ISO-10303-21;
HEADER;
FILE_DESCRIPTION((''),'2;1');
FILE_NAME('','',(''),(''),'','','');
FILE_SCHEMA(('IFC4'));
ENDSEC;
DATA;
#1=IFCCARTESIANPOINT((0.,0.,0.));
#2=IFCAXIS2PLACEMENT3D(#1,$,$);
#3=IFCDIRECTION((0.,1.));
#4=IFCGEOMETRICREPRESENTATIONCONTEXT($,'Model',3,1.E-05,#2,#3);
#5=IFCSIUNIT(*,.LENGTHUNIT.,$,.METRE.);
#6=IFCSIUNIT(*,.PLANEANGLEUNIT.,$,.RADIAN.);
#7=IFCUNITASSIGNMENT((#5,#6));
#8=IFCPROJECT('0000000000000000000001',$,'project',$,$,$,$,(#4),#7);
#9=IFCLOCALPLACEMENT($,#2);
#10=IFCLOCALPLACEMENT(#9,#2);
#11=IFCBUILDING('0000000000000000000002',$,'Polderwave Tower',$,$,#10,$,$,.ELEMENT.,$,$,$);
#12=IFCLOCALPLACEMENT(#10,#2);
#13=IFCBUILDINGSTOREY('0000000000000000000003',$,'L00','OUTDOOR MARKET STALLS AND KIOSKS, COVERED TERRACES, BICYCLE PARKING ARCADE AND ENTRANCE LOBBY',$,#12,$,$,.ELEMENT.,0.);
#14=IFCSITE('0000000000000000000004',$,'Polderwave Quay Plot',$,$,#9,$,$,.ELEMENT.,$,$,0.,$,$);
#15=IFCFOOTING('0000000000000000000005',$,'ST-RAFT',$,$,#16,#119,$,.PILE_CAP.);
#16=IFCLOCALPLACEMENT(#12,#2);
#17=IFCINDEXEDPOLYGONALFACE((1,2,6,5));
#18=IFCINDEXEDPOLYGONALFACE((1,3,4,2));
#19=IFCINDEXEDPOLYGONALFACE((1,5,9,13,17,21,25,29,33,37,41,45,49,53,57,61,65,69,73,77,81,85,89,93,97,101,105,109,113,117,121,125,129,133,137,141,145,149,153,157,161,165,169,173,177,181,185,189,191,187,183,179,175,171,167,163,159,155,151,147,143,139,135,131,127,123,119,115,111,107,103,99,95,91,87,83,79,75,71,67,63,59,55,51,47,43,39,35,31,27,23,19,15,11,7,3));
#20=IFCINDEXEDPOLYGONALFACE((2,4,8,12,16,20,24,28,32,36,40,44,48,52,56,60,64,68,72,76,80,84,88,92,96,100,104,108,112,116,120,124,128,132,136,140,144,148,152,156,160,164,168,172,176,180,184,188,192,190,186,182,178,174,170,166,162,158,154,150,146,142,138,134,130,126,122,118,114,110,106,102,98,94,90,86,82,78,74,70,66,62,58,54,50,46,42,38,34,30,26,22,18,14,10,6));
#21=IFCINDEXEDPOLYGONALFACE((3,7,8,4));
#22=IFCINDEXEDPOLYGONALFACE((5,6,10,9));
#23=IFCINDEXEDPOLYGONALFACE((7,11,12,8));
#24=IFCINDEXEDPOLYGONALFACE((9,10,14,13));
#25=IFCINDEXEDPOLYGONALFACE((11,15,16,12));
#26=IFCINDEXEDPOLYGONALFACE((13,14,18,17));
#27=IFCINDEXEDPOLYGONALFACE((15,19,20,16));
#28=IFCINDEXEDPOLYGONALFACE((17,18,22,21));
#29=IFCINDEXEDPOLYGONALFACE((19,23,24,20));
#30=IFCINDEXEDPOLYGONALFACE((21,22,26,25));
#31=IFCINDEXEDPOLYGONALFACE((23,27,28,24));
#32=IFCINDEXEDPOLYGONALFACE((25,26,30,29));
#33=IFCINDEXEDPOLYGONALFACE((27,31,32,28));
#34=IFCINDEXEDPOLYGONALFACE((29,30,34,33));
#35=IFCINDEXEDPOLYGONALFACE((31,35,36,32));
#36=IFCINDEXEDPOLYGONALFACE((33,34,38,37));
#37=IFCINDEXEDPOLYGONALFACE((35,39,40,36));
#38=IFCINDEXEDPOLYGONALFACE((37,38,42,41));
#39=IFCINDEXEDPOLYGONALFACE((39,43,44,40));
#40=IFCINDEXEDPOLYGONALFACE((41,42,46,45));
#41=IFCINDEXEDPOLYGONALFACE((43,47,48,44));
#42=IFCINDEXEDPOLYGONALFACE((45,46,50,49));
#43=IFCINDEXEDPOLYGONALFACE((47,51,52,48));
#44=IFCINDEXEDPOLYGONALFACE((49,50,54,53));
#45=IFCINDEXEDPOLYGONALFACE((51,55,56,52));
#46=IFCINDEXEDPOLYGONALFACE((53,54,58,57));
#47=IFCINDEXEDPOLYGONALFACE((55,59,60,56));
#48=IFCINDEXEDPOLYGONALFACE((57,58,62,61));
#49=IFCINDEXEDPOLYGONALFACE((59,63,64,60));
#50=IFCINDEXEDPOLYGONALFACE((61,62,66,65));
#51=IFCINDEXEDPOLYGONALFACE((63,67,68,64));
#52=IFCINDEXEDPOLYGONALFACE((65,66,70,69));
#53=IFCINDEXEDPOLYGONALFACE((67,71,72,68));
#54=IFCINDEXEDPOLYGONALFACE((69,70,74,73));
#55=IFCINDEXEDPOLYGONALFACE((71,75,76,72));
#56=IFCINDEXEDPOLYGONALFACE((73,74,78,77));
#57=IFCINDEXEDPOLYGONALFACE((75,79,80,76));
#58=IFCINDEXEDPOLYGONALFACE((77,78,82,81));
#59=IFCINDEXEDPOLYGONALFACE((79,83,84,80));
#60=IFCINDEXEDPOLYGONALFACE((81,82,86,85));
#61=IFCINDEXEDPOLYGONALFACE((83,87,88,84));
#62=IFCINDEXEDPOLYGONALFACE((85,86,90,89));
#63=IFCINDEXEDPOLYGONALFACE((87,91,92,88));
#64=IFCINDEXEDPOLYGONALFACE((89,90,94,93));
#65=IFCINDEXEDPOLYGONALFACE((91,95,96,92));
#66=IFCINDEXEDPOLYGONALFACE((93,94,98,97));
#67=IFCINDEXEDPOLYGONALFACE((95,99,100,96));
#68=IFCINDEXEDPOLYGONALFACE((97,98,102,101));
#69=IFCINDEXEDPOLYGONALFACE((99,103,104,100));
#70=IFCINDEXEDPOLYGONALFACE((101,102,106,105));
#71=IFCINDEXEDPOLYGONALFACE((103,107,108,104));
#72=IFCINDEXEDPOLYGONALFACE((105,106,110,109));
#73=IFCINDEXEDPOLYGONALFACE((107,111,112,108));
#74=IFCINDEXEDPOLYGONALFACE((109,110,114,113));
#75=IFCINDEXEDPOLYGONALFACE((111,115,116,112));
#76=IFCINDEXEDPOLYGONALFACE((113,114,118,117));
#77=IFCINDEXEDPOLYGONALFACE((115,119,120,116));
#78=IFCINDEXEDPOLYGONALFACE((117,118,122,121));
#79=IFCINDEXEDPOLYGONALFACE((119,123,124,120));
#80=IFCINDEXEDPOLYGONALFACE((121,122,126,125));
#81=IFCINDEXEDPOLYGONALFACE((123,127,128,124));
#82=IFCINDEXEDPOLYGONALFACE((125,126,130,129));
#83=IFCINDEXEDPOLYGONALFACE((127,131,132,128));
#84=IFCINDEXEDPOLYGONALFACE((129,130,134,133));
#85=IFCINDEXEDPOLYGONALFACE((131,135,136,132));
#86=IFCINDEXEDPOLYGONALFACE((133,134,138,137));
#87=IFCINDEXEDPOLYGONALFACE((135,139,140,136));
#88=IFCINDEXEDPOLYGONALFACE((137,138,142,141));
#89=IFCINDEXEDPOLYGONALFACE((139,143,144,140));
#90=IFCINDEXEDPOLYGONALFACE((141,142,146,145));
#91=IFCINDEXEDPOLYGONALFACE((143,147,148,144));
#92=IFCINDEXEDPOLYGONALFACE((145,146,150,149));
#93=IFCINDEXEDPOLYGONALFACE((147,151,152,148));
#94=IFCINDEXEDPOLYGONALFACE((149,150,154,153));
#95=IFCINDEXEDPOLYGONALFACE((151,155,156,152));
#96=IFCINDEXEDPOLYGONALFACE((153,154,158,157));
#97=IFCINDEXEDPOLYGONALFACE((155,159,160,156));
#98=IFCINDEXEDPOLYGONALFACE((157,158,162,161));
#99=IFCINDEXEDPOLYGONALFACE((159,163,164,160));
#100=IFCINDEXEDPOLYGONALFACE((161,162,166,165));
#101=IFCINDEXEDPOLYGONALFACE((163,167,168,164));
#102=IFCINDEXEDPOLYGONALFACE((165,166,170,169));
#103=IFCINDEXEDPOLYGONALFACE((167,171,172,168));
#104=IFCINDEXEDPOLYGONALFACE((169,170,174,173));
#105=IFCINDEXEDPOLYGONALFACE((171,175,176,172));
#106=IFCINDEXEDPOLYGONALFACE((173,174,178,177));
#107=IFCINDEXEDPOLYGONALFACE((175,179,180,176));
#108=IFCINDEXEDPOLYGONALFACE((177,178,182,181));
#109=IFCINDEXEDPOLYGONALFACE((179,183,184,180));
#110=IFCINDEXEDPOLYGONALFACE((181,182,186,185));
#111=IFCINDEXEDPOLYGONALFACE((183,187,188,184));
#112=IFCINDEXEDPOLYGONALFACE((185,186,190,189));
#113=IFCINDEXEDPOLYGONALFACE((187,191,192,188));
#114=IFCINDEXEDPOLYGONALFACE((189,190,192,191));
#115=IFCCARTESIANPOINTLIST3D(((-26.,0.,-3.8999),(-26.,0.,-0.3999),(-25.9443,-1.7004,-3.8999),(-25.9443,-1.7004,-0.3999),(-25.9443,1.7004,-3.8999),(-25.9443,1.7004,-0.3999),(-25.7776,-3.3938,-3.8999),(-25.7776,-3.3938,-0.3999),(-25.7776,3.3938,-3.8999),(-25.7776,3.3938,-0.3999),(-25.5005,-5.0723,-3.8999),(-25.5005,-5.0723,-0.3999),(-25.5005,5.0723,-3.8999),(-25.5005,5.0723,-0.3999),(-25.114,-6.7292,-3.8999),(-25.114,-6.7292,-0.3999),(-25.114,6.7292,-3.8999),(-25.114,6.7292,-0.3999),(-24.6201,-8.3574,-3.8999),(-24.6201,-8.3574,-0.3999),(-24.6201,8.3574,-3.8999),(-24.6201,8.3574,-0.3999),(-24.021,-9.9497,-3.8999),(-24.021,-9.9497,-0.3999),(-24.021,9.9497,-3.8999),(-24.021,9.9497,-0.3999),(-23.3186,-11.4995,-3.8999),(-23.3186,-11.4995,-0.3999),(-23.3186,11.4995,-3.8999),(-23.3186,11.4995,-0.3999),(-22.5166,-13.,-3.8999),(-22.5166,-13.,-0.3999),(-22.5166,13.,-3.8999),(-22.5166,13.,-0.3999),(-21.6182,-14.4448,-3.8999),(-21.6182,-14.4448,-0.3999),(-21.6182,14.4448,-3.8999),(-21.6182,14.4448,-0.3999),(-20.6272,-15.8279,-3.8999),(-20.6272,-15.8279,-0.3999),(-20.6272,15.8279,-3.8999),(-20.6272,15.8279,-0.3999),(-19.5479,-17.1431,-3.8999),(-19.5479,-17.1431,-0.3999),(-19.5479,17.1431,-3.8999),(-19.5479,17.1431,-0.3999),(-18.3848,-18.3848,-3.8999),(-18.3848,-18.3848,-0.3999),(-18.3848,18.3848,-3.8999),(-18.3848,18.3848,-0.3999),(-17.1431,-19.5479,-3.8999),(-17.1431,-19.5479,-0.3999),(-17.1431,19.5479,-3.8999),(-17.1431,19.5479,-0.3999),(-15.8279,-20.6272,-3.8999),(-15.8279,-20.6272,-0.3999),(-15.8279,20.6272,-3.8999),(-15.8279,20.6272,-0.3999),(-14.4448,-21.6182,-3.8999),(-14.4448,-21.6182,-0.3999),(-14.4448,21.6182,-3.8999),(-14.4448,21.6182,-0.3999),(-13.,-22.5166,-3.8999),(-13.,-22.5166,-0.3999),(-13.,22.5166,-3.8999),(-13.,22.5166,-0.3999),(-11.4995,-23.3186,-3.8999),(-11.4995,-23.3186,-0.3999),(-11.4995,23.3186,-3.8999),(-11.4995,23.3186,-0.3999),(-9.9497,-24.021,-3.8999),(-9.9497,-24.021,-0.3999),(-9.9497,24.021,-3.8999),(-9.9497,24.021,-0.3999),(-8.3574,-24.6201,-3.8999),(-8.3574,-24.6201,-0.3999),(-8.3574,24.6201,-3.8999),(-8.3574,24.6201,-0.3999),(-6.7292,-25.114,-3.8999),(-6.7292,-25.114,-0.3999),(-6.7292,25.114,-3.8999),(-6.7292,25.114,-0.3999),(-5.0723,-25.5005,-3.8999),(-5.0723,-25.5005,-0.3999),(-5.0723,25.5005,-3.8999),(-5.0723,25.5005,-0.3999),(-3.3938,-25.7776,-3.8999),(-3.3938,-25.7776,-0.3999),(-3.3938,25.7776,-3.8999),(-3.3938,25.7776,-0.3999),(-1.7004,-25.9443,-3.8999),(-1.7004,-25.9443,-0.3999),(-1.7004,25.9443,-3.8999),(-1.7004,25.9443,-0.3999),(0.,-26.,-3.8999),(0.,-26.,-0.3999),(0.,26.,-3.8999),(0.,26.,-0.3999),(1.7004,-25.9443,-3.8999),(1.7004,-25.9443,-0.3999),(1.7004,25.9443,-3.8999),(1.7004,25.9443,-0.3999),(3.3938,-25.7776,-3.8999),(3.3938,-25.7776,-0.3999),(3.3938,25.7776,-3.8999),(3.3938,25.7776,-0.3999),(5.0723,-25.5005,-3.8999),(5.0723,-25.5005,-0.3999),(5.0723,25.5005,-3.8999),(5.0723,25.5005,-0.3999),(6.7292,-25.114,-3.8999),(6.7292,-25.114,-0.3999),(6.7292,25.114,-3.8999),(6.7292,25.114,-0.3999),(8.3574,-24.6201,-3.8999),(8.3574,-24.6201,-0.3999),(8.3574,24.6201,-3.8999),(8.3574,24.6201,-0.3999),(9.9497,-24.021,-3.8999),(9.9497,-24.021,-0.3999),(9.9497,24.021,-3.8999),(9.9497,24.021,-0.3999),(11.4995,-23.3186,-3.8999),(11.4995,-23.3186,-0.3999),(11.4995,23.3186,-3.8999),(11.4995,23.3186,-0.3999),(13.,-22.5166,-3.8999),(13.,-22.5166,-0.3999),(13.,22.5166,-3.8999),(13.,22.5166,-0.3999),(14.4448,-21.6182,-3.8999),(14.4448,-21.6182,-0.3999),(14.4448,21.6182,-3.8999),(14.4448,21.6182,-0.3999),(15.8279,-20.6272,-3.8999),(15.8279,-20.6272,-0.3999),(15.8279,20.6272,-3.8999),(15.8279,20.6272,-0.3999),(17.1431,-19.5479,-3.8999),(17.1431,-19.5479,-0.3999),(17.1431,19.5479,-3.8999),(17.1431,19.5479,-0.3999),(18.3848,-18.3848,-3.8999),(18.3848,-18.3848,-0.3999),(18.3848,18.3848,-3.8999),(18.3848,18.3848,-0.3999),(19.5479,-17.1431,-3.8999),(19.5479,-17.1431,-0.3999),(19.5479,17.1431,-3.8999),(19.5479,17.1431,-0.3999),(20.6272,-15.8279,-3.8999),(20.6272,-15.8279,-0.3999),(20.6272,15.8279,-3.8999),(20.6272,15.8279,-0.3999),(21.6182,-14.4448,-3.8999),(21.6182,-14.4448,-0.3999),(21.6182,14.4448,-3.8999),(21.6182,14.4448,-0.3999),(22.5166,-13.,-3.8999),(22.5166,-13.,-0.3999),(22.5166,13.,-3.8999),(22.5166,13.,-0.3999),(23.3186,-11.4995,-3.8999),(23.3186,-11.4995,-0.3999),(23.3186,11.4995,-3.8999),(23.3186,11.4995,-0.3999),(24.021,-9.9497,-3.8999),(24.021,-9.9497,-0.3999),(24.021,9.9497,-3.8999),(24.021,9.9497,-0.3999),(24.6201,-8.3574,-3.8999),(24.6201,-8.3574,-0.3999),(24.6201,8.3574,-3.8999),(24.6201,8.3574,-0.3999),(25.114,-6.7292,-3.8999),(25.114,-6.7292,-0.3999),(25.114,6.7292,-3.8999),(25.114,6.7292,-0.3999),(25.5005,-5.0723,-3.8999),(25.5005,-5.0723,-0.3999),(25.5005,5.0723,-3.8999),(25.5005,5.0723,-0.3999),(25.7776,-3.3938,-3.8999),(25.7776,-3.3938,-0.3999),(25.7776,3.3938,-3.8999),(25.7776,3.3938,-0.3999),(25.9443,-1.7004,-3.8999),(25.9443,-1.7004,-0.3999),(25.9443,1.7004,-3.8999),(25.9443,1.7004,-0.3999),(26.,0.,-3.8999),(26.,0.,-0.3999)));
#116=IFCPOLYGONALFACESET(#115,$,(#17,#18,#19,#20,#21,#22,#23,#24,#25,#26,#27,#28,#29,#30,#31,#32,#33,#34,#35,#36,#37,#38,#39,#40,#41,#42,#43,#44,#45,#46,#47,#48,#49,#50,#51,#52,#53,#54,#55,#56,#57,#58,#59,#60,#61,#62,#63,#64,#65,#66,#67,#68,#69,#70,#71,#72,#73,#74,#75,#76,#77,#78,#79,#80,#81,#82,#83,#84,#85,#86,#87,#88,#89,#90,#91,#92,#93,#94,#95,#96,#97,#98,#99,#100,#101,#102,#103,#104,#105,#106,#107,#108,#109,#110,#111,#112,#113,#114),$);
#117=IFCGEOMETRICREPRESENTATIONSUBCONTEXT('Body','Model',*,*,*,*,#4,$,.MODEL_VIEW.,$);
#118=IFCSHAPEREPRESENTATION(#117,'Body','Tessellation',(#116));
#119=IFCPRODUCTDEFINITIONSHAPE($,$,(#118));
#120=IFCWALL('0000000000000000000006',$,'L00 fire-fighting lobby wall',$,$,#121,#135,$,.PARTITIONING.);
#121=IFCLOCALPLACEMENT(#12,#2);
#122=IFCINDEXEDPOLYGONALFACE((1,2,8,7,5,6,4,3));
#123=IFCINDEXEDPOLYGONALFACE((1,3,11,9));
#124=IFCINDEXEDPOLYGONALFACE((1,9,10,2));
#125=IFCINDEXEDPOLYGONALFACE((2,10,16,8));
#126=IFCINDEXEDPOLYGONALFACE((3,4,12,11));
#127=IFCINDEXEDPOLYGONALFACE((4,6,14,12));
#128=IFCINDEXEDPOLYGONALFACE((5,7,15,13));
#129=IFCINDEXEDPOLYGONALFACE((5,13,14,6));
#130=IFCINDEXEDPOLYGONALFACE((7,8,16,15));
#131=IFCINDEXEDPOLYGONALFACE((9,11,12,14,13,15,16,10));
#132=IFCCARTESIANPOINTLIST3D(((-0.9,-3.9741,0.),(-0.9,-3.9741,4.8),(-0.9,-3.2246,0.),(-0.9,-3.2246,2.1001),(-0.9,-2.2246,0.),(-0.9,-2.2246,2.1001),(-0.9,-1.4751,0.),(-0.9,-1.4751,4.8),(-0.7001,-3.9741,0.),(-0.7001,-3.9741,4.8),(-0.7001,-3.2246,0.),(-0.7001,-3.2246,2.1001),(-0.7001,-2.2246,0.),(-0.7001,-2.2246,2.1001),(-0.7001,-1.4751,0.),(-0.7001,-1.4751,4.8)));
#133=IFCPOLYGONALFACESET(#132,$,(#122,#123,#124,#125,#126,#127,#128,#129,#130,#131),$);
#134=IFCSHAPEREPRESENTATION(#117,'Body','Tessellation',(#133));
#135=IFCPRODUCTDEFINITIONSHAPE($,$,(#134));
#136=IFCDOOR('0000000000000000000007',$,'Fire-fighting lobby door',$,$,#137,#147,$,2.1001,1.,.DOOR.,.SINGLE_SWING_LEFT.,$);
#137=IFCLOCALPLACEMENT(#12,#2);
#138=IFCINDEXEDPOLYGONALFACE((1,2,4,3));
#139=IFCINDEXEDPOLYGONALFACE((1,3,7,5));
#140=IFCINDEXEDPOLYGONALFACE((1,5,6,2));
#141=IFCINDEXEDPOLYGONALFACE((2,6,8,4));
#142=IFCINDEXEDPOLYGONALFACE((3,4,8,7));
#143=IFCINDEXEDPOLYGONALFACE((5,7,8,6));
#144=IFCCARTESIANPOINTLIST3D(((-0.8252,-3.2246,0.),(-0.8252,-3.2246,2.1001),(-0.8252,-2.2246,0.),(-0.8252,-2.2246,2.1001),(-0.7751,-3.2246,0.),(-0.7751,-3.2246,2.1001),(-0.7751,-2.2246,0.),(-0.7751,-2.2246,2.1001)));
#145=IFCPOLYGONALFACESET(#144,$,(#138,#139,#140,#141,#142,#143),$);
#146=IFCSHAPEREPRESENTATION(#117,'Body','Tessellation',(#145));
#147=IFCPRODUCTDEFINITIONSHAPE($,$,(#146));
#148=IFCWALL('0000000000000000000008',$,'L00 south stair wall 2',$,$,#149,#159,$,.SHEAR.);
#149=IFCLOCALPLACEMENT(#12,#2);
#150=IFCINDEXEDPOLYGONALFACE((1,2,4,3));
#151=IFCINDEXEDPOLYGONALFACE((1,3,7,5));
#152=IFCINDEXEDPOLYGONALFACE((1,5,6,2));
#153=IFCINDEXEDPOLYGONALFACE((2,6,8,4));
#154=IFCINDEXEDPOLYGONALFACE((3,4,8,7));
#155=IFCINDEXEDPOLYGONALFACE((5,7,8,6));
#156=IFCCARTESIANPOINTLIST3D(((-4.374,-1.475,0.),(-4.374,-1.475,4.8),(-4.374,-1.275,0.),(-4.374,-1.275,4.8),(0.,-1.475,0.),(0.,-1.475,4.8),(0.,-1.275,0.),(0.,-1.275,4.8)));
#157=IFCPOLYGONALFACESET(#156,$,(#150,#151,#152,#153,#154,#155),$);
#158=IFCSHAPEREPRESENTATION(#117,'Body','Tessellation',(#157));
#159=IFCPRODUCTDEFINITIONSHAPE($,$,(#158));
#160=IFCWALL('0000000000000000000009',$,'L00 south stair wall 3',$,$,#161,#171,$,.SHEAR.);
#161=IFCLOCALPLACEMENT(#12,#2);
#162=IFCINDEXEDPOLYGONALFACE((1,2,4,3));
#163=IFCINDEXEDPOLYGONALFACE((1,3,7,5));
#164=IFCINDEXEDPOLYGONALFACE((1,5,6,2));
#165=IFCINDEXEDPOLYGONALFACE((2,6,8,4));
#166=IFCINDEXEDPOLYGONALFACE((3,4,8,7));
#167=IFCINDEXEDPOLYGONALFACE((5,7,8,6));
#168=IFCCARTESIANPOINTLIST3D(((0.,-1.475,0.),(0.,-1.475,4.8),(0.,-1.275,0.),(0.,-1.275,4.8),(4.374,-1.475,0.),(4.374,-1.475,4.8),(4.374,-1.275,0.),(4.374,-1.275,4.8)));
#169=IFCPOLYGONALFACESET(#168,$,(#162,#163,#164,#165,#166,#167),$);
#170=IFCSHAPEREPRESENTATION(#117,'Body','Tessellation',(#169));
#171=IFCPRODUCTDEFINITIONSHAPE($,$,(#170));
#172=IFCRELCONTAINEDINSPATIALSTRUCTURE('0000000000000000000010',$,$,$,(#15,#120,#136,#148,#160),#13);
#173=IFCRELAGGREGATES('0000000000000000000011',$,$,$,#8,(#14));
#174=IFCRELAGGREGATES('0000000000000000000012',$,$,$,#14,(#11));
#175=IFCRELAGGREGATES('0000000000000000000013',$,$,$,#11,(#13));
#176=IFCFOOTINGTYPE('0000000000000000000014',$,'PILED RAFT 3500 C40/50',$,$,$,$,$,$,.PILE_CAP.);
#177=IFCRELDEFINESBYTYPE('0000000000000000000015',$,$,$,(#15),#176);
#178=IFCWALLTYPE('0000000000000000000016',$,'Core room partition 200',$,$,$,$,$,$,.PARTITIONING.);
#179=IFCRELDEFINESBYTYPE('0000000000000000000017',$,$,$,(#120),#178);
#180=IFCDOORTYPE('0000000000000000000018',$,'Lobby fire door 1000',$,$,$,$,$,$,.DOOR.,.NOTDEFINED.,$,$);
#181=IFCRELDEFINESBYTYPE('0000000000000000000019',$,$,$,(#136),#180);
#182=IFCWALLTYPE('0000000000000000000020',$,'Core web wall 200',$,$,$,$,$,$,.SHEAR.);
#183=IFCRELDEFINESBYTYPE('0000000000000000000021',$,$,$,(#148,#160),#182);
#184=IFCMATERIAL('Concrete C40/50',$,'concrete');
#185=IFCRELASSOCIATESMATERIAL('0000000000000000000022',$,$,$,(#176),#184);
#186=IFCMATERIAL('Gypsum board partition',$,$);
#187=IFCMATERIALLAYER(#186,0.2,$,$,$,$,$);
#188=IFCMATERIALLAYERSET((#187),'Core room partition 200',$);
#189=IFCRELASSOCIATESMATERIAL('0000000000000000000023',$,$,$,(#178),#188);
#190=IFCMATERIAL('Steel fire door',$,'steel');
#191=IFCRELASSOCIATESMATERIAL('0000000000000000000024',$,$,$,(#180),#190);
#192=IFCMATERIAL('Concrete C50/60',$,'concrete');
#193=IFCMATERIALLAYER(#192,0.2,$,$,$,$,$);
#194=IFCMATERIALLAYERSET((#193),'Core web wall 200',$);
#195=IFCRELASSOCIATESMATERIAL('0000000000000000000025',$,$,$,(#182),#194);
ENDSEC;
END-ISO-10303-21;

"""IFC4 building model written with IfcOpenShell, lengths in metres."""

from ifc_helpers import new_model, si_unit, direction, frame, frame_2d, origin, place, context, subcontext, project, spatial, polyline, rectangle, outline, extrude, material, layer, layer_set, type_object, element, fill, save


model = new_model("IFC4")

# Units and contexts
model_context = context("Model", 3, precision=1e-05, world=origin(), true_north=direction((0.0, 1.0)))
body_context = subcontext(model_context, "Body", "Model", "MODEL_VIEW")
ifc_project = project(units=[si_unit("LENGTHUNIT", "METRE"), si_unit("PLANEANGLEUNIT", "RADIAN")], contexts=[model_context])

# Site, building, storey
site_placement = place(None, origin())
site = spatial("IfcSite", under=ifc_project, at=site_placement, Name="Polderwave Quay Plot", CompositionType="ELEMENT", RefElevation=0.0)
building_placement = place(site_placement, origin())
building = spatial("IfcBuilding", under=site, at=building_placement, Name="Polderwave Tower", CompositionType="ELEMENT")
storey_placement = place(building_placement, origin())
storey = spatial("IfcBuildingStorey", under=building, at=storey_placement, Name="L00", Description="OUTDOOR MARKET STALLS AND KIOSKS, COVERED TERRACES, BICYCLE PARKING ARCADE AND ENTRANCE LOBBY", CompositionType="ELEMENT", Elevation=0.0)

# Footing
ifc_material_1 = material(Name="Concrete C40/50", Category="concrete")
footing_type_1 = type_object("IfcFootingType", Name="PILED RAFT 3500 C40/50", PredefinedType="PILE_CAP", material=ifc_material_1)
footing_1_placement = place(storey_placement, frame((0.0, 0.0, -3.8999)))
element("IfcFooting", 1, at=footing_1_placement, inside=storey, type_object=footing_type_1, Name="ST-RAFT", PredefinedType="PILE_CAP", context=body_context, shape_type="SweptSolid", body=[
    extrude(outline(polyline([(26.0, 0.0), (25.9443, 1.7004), (25.7776, 3.3938), (25.5005, 5.0723), (25.114, 6.7292), (24.6201, 8.3574), (24.021, 9.9497), (23.3186, 11.4995), (22.5166, 13.0), (21.6182, 14.4448), (20.6272, 15.8279), (19.5479, 17.1431), (18.3848, 18.3848), (17.1431, 19.5479), (15.8279, 20.6272), (14.4448, 21.6182), (13.0, 22.5166), (11.4995, 23.3186), (9.9497, 24.021), (8.3574, 24.6201), (6.7292, 25.114), (5.0723, 25.5005), (3.3938, 25.7776), (1.7004, 25.9443), (0.0, 26.0), (-1.7004, 25.9443), (-3.3938, 25.7776), (-5.0723, 25.5005), (-6.7292, 25.114), (-8.3574, 24.6201), (-9.9497, 24.021), (-11.4995, 23.3186), (-13.0, 22.5166), (-14.4448, 21.6182), (-15.8279, 20.6272), (-17.1431, 19.5479), (-18.3848, 18.3848), (-19.5479, 17.1431), (-20.6272, 15.8279), (-21.6182, 14.4448), (-22.5166, 13.0), (-23.3186, 11.4995), (-24.021, 9.9497), (-24.6201, 8.3574), (-25.114, 6.7292), (-25.5005, 5.0723), (-25.7776, 3.3938), (-25.9443, 1.7004), (-26.0, 0.0), (-25.9443, -1.7004), (-25.7776, -3.3938), (-25.5005, -5.0723), (-25.114, -6.7292), (-24.6201, -8.3574), (-24.021, -9.9497), (-23.3186, -11.4995), (-22.5166, -13.0), (-21.6182, -14.4448), (-20.6272, -15.8279), (-19.5479, -17.1431), (-18.3848, -18.3848), (-17.1431, -19.5479), (-15.8279, -20.6272), (-14.4448, -21.6182), (-13.0, -22.5166), (-11.4995, -23.3186), (-9.9497, -24.021), (-8.3574, -24.6201), (-6.7292, -25.114), (-5.0723, -25.5005), (-3.3938, -25.7776), (-1.7004, -25.9443), (0.0, -26.0), (1.7004, -25.9443), (3.3938, -25.7776), (5.0723, -25.5005), (6.7292, -25.114), (8.3574, -24.6201), (9.9497, -24.021), (11.4995, -23.3186), (13.0, -22.5166), (14.4448, -21.6182), (15.8279, -20.6272), (17.1431, -19.5479), (18.3848, -18.3848), (19.5479, -17.1431), (20.6272, -15.8279), (21.6182, -14.4448), (22.5166, -13.0), (23.3186, -11.4995), (24.021, -9.9497), (24.6201, -8.3574), (25.114, -6.7292), (25.5005, -5.0723), (25.7776, -3.3938), (25.9443, -1.7004), (26.0, 0.0)])), origin(), (0.0, 0.0, 1.0), 3.5),
])

# Wall, opening, door
ifc_material_2 = material(Name="Gypsum board partition")
ifc_layer_1 = layer(ifc_material_2, 0.2)
ifc_layer_set_1 = layer_set([ifc_layer_1], Name="Core room partition 200")
wall_type_1 = type_object("IfcWallType", Name="Core room partition 200", PredefinedType="PARTITIONING", material=ifc_layer_set_1)
wall_1_placement = place(storey_placement, frame((-0.8, -3.9741, 0.0), z_axis=(0.0, 0.0, 1.0), x_axis=(0.0, 1.0, 0.0)))
wall_1 = element("IfcWall", 2, at=wall_1_placement, inside=storey, type_object=wall_type_1, Name="L00 fire-fighting lobby wall", PredefinedType="PARTITIONING", context=body_context, shape_type="SweptSolid", body=[
    extrude(rectangle(XDim=2.499, YDim=0.2, at=frame_2d((1.2495, 0.0))), origin(), (0.0, 0.0, 1.0), 4.8),
])
opening_placement = place(wall_1_placement, frame((0.7495, 0.0, 0.0)))
opening = element("IfcOpeningElement", 3, at=opening_placement, cuts=wall_1, PredefinedType="OPENING", context=body_context, shape_type="SweptSolid", body=[
    extrude(rectangle(XDim=1.0, YDim=2.1001, at=frame_2d((0.5, 1.05))), frame((0.0, 0.1099, 0.0), z_axis=(0.0, -1.0, 0.0), x_axis=(1.0, 0.0, 0.0)), (0.0, 0.0, 1.0), 0.22),
])
ifc_material_3 = material(Name="Steel fire door", Category="steel")
door_type = type_object("IfcDoorType", Name="Lobby fire door 1000", OperationType="NOTDEFINED", PredefinedType="DOOR", material=ifc_material_3)
door_placement = place(opening_placement, frame((1.0, 0.0, 0.0), z_axis=(0.0, 0.0, 1.0), x_axis=(-1.0, 0.0, 0.0)))
door = element("IfcDoor", 4, at=door_placement, inside=storey, type_object=door_type, Name="Fire-fighting lobby door", OperationType="SINGLE_SWING_LEFT", OverallHeight=2.1001, OverallWidth=1.0, PredefinedType="DOOR", context=body_context, shape_type="SweptSolid", body=[
    extrude(rectangle(XDim=1.0, YDim=2.1001, at=frame_2d((0.5, 1.05))), frame((0.0, 0.0249, 0.0), z_axis=(0.0, -1.0, 0.0), x_axis=(1.0, 0.0, 0.0)), (0.0, 0.0, 1.0), 0.05),
])
fill(opening, door)

# Walls
ifc_material_4 = material(Name="Concrete C50/60", Category="concrete")
ifc_layer_2 = layer(ifc_material_4, 0.2)
ifc_layer_set_2 = layer_set([ifc_layer_2], Name="Core web wall 200")
wall_type_2 = type_object("IfcWallType", Name="Core web wall 200", PredefinedType="SHEAR", material=ifc_layer_set_2)
for number, where, z_axis, x_axis, name in (
    (5, (-4.374, -1.375, 0.0), (0.0, 0.0, 1.0), (1.0, 0.0, 0.0), "L00 south stair wall 2"),
    (6, (0.0, -1.375, 0.0), (0.0, 0.0, 1.0), (1.0, 0.0, 0.0), "L00 south stair wall 3"),
):
    element("IfcWall", number, at=place(storey_placement, frame(where, z_axis=z_axis, x_axis=x_axis)), inside=storey, type_object=wall_type_2, Name=name, PredefinedType="SHEAR", context=body_context, shape_type="SweptSolid", body=[
        extrude(rectangle(XDim=4.374, YDim=0.2, at=frame_2d((2.187, 0.0))), origin(), (0.0, 0.0, 1.0), 4.8),
    ])

save(model, "model.ifc")
